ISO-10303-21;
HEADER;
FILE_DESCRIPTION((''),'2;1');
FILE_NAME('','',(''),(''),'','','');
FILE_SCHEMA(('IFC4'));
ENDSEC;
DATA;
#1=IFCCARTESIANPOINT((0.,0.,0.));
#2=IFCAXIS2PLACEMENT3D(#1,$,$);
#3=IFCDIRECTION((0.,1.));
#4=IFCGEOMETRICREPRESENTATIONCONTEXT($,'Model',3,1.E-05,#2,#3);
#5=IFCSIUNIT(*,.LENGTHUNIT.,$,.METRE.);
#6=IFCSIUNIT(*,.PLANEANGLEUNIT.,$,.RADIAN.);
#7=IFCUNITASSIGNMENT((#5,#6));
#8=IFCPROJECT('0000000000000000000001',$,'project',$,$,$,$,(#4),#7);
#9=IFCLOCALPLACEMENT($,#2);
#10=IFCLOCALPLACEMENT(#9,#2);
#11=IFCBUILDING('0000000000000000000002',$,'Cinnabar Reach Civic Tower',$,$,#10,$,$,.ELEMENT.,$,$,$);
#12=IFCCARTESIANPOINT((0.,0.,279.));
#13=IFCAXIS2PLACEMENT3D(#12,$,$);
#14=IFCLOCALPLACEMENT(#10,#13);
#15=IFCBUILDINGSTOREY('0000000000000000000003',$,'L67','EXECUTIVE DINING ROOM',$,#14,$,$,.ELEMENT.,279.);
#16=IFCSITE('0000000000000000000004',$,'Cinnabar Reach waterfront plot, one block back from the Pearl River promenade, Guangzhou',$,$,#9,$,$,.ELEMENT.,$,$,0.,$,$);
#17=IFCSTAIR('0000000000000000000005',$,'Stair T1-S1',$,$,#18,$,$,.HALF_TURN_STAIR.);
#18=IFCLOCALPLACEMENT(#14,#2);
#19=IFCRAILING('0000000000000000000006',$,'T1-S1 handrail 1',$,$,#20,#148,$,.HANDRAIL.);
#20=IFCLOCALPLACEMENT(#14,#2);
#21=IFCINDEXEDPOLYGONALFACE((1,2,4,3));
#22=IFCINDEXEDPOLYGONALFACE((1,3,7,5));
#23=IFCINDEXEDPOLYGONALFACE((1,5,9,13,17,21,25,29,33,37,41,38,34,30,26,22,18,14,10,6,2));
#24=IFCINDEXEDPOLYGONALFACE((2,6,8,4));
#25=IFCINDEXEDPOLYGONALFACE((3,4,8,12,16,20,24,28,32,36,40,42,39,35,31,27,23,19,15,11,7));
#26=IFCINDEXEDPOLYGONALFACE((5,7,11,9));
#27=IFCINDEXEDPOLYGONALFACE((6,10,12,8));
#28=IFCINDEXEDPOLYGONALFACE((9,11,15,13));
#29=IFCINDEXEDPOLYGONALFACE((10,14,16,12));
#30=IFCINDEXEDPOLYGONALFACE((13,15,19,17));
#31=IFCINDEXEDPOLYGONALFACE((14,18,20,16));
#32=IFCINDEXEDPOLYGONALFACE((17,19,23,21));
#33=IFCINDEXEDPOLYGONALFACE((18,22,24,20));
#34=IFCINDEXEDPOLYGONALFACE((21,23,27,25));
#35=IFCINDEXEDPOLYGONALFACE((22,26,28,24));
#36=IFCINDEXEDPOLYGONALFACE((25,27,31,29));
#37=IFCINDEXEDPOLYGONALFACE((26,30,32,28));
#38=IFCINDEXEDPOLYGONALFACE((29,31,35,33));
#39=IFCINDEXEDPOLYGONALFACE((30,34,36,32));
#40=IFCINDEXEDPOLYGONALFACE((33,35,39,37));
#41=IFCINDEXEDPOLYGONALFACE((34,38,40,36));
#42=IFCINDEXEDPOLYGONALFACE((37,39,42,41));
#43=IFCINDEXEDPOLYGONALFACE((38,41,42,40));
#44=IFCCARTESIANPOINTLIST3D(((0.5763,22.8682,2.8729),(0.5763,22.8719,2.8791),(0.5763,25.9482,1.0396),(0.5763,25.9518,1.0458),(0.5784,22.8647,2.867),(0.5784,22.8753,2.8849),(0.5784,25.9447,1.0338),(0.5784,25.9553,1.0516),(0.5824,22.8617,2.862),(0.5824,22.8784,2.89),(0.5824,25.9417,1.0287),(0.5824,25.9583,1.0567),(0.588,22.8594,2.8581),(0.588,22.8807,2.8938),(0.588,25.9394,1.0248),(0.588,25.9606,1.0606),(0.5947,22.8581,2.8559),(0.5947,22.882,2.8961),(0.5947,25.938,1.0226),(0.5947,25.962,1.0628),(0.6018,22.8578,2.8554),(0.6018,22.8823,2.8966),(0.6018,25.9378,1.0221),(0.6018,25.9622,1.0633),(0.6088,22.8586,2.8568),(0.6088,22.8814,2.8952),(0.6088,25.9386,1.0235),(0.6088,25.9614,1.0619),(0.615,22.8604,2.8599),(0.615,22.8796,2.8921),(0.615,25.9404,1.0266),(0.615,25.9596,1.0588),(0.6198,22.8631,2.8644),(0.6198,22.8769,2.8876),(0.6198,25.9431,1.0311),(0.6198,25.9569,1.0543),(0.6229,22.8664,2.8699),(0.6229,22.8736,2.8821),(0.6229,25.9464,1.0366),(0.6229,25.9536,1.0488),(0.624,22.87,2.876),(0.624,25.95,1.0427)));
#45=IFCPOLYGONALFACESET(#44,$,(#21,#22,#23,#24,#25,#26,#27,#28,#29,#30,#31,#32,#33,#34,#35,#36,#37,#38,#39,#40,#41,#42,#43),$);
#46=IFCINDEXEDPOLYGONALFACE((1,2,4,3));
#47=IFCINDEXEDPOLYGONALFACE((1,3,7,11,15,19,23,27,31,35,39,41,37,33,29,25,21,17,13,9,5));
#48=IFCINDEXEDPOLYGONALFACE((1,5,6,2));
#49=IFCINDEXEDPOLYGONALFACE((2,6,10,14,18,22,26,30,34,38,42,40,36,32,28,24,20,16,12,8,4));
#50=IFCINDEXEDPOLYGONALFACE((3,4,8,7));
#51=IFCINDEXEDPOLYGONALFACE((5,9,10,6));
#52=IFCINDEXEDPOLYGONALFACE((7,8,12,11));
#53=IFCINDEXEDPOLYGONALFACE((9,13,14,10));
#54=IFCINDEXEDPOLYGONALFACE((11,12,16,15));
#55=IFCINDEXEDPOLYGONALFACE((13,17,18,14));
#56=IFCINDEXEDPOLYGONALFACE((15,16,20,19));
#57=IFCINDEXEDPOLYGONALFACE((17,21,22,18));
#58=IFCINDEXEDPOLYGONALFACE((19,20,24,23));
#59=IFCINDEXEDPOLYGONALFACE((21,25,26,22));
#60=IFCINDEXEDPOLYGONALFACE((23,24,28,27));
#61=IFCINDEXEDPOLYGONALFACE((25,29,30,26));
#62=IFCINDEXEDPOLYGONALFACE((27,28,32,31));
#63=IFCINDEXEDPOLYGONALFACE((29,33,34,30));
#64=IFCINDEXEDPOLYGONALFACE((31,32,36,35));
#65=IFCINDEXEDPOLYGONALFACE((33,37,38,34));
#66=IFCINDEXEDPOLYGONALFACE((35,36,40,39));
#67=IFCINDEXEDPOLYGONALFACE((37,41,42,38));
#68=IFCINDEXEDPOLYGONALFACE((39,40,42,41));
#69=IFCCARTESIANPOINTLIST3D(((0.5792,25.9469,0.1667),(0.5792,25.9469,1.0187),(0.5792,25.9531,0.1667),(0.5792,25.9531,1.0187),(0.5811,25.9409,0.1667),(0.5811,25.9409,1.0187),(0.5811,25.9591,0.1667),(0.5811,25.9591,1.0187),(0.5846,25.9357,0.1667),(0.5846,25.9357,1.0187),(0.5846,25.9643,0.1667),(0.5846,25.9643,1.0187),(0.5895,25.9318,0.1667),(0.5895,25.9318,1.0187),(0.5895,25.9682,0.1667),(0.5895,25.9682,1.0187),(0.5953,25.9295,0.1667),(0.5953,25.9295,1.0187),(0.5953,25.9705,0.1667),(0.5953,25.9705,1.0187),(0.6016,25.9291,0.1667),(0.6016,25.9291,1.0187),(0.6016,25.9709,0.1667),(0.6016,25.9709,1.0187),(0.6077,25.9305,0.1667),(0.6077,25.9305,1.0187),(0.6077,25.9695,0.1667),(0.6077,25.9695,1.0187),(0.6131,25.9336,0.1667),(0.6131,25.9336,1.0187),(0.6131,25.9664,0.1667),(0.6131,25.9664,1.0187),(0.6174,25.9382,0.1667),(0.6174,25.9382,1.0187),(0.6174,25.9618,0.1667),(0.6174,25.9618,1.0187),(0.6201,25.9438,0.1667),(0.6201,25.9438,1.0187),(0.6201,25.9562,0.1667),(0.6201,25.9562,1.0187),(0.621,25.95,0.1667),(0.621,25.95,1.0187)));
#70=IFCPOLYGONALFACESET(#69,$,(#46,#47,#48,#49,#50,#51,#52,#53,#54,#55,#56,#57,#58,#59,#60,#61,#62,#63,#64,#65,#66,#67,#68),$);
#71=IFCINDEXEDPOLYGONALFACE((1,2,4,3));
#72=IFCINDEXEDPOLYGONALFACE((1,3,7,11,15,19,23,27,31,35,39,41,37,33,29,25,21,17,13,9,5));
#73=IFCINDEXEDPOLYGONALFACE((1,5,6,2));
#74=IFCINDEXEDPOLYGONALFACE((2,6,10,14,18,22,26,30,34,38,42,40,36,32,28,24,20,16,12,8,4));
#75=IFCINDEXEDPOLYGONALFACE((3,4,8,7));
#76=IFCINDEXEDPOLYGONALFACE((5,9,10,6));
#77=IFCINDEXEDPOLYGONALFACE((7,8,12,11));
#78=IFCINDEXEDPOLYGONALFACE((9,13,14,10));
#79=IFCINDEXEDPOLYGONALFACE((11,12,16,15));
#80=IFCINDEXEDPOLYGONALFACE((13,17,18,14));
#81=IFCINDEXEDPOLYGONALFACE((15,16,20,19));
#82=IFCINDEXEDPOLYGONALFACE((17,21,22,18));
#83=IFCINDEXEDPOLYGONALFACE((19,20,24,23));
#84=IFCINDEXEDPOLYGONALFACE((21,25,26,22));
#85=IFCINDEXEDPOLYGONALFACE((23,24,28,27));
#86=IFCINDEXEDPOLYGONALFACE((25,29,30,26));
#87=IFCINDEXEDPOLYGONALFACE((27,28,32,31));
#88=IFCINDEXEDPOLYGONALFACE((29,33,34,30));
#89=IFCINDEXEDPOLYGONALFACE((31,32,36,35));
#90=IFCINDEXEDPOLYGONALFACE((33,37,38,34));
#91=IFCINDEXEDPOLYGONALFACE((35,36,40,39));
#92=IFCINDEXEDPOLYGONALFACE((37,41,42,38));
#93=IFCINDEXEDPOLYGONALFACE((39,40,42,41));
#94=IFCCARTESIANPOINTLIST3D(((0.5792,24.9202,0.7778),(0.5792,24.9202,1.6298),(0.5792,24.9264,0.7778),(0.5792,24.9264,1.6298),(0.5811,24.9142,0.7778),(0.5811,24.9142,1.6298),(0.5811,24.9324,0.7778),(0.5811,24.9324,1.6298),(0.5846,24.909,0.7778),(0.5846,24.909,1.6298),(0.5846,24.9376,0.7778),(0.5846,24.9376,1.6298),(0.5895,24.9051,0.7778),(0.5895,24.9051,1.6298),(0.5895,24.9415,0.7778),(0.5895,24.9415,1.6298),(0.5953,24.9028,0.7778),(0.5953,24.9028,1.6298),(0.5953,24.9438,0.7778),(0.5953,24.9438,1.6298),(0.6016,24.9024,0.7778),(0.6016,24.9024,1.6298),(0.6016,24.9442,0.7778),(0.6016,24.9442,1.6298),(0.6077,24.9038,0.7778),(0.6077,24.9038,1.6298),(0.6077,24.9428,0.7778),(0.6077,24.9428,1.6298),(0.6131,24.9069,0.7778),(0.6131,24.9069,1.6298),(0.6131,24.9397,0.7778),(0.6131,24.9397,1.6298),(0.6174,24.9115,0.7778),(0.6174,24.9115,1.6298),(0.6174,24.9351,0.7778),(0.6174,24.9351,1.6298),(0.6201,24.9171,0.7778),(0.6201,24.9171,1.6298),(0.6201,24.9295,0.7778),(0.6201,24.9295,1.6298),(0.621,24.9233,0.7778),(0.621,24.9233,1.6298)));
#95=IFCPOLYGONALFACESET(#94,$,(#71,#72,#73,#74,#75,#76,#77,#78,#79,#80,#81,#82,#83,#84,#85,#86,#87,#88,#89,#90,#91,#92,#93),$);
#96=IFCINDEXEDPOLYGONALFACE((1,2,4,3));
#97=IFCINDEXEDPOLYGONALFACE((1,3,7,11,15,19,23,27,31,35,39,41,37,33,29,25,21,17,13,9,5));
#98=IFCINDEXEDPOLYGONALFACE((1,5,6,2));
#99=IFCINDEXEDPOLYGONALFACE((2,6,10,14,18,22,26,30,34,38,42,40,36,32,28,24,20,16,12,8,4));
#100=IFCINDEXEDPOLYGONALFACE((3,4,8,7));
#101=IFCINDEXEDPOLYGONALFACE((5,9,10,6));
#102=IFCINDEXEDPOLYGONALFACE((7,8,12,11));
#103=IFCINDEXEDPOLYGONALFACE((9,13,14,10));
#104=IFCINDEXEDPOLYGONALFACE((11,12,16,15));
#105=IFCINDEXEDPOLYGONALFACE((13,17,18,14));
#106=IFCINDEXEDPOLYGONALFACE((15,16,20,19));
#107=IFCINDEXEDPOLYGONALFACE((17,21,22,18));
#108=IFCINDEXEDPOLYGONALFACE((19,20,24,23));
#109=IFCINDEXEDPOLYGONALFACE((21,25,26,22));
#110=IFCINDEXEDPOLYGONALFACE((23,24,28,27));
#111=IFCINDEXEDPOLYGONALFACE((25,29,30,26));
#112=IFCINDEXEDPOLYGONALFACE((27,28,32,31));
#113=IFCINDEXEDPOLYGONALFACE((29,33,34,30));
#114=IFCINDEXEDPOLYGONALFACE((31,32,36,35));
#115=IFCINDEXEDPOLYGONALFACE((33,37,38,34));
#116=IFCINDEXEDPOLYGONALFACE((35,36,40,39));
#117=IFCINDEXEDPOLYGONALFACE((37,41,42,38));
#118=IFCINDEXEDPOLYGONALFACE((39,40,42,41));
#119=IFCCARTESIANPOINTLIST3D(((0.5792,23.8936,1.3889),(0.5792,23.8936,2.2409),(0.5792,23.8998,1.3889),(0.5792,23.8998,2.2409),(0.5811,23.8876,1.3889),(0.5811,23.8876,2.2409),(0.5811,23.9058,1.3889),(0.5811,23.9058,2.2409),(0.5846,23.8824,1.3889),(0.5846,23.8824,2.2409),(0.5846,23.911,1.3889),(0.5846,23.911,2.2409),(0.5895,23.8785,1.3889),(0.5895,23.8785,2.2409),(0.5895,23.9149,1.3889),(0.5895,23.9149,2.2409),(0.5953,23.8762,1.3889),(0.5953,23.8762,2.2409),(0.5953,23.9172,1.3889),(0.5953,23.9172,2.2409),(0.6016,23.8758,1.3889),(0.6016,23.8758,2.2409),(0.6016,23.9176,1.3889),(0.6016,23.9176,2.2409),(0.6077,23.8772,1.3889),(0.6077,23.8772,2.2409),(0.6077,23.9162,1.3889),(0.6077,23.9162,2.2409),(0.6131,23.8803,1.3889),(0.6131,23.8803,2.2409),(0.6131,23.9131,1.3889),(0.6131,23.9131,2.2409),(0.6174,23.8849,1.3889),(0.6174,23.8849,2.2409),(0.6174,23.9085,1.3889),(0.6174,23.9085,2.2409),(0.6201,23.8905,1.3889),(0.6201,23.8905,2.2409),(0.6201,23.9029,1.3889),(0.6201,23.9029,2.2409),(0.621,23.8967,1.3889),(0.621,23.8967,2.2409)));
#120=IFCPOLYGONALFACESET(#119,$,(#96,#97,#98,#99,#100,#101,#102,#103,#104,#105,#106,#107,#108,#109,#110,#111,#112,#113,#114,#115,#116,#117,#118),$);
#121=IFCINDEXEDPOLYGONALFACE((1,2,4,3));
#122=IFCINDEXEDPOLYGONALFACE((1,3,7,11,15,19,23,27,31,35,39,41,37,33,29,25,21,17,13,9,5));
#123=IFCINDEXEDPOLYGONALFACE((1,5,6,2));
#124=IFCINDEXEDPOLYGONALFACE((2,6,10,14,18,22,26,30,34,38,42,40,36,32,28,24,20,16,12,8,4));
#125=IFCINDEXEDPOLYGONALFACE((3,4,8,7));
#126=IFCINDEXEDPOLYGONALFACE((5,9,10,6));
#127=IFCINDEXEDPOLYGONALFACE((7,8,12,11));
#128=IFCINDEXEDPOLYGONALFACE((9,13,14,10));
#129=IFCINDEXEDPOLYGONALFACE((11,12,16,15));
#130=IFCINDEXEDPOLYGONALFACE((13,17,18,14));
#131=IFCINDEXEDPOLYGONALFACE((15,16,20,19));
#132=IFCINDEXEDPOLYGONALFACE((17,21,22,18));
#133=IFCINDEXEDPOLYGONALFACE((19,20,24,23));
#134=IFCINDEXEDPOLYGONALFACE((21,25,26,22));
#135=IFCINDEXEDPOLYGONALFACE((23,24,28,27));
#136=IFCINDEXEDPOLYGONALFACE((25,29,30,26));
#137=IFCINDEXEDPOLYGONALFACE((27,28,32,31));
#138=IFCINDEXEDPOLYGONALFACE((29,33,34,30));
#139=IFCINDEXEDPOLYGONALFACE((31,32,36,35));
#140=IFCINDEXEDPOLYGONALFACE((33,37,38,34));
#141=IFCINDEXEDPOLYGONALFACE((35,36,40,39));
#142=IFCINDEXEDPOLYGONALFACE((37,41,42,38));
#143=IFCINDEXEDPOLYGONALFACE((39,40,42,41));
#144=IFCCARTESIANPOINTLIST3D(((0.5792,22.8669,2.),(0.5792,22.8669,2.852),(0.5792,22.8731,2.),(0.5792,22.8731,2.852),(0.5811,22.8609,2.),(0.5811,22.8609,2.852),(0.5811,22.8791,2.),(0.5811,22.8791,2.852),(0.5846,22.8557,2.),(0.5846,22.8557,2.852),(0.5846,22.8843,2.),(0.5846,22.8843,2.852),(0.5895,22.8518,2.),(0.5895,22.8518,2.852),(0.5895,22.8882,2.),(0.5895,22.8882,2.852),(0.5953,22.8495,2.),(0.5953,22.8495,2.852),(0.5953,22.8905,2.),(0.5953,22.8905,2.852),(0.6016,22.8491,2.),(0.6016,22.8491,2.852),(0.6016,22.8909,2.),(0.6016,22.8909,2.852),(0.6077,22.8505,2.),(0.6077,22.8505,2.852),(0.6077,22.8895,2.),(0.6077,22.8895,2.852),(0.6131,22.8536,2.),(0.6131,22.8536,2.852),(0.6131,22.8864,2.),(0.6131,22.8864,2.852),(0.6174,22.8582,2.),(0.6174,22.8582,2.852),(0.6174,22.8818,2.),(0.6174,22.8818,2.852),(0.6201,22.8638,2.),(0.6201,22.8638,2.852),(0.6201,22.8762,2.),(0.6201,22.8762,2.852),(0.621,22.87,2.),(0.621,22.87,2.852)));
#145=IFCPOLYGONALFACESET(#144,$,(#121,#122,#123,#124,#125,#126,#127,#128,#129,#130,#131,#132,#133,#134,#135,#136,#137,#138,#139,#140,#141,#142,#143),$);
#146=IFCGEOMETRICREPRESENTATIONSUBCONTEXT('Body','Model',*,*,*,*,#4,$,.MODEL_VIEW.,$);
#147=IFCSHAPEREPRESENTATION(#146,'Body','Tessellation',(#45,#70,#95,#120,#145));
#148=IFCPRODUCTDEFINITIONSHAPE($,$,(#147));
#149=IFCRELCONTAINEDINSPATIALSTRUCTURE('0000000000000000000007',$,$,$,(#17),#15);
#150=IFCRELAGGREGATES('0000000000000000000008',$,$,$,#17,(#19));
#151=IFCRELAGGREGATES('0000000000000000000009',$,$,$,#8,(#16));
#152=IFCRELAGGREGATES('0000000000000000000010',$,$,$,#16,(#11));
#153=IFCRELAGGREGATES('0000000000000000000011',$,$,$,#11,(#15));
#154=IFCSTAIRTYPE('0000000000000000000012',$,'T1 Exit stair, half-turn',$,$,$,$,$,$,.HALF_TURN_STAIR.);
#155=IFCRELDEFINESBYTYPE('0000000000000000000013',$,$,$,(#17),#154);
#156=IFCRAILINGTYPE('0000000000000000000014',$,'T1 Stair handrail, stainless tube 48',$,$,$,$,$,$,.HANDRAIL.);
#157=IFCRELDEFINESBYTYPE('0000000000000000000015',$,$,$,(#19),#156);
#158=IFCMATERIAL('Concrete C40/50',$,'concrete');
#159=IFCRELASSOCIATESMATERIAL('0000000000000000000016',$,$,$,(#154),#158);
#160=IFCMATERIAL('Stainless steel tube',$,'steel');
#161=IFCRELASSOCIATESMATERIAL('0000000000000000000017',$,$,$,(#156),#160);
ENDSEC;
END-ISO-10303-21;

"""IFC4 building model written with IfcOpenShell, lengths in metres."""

from ifc_helpers import new_model, si_unit, direction, frame, origin, origin_2d, place, context, subcontext, project, spatial, circle, extrude, material, type_object, element, aggregate, save


model = new_model("IFC4")

# Units and contexts
model_context = context("Model", 3, precision=1e-05, world=origin(), true_north=direction((0.0, 1.0)))
body_context = subcontext(model_context, "Body", "Model", "MODEL_VIEW")
ifc_project = project(units=[si_unit("LENGTHUNIT", "METRE"), si_unit("PLANEANGLEUNIT", "RADIAN")], contexts=[model_context])

# Site, building, storey
site_placement = place(None, origin())
site = spatial("IfcSite", under=ifc_project, at=site_placement, Name="Cinnabar Reach waterfront plot, one block back from the Pearl River promenade, Guangzhou", CompositionType="ELEMENT", RefElevation=0.0)
building_placement = place(site_placement, origin())
building = spatial("IfcBuilding", under=site, at=building_placement, Name="Cinnabar Reach Civic Tower", CompositionType="ELEMENT")
storey_placement = place(building_placement, frame((0.0, 0.0, 279.0)))
storey = spatial("IfcBuildingStorey", under=building, at=storey_placement, Name="L67", Description="EXECUTIVE DINING ROOM", CompositionType="ELEMENT", Elevation=279.0)

# Shared definitions
ifc_material_1 = material(Name="Concrete C40/50", Category="concrete")

# Stair, railing
stair_type = type_object("IfcStairType", Name="T1 Exit stair, half-turn", PredefinedType="HALF_TURN_STAIR", material=ifc_material_1)
stair_placement = place(storey_placement, origin())
stair = element("IfcStair", 1, at=stair_placement, inside=storey, type_object=stair_type, Name="Stair T1-S1", PredefinedType="HALF_TURN_STAIR")
ifc_material_2 = material(Name="Stainless steel tube", Category="steel")
railing_type = type_object("IfcRailingType", Name="T1 Stair handrail, stainless tube 48", PredefinedType="HANDRAIL", material=ifc_material_2)
railing_1_placement = place(storey_placement, frame((0.6, 25.95, 0.1667)))
railing_1 = element("IfcRailing", 2, at=railing_1_placement, type_object=railing_type, Name="T1-S1 handrail 1", PredefinedType="HANDRAIL", context=body_context, shape_type="SweptSolid", body=[
    extrude(circle(Radius=0.024, at=origin_2d()), frame((0.0, 0.0, 0.876), z_axis=(0.0, -0.859297, 0.511477), x_axis=(1.0, 0.0, 0.0)), (0.0, 0.0, 1.0), 3.5843),
    extrude(circle(Radius=0.021, at=origin_2d()), origin(), (0.0, 0.0, 1.0), 0.852),
    extrude(circle(Radius=0.021, at=origin_2d()), frame((0.0, -1.0267, 0.6111)), (0.0, 0.0, 1.0), 0.852),
    extrude(circle(Radius=0.021, at=origin_2d()), frame((0.0, -2.0533, 1.2222)), (0.0, 0.0, 1.0), 0.852),
    extrude(circle(Radius=0.021, at=origin_2d()), frame((0.0, -3.08, 1.8333)), (0.0, 0.0, 1.0), 0.852),
])
aggregate(stair, [railing_1])

save(model, "model.ifc")
